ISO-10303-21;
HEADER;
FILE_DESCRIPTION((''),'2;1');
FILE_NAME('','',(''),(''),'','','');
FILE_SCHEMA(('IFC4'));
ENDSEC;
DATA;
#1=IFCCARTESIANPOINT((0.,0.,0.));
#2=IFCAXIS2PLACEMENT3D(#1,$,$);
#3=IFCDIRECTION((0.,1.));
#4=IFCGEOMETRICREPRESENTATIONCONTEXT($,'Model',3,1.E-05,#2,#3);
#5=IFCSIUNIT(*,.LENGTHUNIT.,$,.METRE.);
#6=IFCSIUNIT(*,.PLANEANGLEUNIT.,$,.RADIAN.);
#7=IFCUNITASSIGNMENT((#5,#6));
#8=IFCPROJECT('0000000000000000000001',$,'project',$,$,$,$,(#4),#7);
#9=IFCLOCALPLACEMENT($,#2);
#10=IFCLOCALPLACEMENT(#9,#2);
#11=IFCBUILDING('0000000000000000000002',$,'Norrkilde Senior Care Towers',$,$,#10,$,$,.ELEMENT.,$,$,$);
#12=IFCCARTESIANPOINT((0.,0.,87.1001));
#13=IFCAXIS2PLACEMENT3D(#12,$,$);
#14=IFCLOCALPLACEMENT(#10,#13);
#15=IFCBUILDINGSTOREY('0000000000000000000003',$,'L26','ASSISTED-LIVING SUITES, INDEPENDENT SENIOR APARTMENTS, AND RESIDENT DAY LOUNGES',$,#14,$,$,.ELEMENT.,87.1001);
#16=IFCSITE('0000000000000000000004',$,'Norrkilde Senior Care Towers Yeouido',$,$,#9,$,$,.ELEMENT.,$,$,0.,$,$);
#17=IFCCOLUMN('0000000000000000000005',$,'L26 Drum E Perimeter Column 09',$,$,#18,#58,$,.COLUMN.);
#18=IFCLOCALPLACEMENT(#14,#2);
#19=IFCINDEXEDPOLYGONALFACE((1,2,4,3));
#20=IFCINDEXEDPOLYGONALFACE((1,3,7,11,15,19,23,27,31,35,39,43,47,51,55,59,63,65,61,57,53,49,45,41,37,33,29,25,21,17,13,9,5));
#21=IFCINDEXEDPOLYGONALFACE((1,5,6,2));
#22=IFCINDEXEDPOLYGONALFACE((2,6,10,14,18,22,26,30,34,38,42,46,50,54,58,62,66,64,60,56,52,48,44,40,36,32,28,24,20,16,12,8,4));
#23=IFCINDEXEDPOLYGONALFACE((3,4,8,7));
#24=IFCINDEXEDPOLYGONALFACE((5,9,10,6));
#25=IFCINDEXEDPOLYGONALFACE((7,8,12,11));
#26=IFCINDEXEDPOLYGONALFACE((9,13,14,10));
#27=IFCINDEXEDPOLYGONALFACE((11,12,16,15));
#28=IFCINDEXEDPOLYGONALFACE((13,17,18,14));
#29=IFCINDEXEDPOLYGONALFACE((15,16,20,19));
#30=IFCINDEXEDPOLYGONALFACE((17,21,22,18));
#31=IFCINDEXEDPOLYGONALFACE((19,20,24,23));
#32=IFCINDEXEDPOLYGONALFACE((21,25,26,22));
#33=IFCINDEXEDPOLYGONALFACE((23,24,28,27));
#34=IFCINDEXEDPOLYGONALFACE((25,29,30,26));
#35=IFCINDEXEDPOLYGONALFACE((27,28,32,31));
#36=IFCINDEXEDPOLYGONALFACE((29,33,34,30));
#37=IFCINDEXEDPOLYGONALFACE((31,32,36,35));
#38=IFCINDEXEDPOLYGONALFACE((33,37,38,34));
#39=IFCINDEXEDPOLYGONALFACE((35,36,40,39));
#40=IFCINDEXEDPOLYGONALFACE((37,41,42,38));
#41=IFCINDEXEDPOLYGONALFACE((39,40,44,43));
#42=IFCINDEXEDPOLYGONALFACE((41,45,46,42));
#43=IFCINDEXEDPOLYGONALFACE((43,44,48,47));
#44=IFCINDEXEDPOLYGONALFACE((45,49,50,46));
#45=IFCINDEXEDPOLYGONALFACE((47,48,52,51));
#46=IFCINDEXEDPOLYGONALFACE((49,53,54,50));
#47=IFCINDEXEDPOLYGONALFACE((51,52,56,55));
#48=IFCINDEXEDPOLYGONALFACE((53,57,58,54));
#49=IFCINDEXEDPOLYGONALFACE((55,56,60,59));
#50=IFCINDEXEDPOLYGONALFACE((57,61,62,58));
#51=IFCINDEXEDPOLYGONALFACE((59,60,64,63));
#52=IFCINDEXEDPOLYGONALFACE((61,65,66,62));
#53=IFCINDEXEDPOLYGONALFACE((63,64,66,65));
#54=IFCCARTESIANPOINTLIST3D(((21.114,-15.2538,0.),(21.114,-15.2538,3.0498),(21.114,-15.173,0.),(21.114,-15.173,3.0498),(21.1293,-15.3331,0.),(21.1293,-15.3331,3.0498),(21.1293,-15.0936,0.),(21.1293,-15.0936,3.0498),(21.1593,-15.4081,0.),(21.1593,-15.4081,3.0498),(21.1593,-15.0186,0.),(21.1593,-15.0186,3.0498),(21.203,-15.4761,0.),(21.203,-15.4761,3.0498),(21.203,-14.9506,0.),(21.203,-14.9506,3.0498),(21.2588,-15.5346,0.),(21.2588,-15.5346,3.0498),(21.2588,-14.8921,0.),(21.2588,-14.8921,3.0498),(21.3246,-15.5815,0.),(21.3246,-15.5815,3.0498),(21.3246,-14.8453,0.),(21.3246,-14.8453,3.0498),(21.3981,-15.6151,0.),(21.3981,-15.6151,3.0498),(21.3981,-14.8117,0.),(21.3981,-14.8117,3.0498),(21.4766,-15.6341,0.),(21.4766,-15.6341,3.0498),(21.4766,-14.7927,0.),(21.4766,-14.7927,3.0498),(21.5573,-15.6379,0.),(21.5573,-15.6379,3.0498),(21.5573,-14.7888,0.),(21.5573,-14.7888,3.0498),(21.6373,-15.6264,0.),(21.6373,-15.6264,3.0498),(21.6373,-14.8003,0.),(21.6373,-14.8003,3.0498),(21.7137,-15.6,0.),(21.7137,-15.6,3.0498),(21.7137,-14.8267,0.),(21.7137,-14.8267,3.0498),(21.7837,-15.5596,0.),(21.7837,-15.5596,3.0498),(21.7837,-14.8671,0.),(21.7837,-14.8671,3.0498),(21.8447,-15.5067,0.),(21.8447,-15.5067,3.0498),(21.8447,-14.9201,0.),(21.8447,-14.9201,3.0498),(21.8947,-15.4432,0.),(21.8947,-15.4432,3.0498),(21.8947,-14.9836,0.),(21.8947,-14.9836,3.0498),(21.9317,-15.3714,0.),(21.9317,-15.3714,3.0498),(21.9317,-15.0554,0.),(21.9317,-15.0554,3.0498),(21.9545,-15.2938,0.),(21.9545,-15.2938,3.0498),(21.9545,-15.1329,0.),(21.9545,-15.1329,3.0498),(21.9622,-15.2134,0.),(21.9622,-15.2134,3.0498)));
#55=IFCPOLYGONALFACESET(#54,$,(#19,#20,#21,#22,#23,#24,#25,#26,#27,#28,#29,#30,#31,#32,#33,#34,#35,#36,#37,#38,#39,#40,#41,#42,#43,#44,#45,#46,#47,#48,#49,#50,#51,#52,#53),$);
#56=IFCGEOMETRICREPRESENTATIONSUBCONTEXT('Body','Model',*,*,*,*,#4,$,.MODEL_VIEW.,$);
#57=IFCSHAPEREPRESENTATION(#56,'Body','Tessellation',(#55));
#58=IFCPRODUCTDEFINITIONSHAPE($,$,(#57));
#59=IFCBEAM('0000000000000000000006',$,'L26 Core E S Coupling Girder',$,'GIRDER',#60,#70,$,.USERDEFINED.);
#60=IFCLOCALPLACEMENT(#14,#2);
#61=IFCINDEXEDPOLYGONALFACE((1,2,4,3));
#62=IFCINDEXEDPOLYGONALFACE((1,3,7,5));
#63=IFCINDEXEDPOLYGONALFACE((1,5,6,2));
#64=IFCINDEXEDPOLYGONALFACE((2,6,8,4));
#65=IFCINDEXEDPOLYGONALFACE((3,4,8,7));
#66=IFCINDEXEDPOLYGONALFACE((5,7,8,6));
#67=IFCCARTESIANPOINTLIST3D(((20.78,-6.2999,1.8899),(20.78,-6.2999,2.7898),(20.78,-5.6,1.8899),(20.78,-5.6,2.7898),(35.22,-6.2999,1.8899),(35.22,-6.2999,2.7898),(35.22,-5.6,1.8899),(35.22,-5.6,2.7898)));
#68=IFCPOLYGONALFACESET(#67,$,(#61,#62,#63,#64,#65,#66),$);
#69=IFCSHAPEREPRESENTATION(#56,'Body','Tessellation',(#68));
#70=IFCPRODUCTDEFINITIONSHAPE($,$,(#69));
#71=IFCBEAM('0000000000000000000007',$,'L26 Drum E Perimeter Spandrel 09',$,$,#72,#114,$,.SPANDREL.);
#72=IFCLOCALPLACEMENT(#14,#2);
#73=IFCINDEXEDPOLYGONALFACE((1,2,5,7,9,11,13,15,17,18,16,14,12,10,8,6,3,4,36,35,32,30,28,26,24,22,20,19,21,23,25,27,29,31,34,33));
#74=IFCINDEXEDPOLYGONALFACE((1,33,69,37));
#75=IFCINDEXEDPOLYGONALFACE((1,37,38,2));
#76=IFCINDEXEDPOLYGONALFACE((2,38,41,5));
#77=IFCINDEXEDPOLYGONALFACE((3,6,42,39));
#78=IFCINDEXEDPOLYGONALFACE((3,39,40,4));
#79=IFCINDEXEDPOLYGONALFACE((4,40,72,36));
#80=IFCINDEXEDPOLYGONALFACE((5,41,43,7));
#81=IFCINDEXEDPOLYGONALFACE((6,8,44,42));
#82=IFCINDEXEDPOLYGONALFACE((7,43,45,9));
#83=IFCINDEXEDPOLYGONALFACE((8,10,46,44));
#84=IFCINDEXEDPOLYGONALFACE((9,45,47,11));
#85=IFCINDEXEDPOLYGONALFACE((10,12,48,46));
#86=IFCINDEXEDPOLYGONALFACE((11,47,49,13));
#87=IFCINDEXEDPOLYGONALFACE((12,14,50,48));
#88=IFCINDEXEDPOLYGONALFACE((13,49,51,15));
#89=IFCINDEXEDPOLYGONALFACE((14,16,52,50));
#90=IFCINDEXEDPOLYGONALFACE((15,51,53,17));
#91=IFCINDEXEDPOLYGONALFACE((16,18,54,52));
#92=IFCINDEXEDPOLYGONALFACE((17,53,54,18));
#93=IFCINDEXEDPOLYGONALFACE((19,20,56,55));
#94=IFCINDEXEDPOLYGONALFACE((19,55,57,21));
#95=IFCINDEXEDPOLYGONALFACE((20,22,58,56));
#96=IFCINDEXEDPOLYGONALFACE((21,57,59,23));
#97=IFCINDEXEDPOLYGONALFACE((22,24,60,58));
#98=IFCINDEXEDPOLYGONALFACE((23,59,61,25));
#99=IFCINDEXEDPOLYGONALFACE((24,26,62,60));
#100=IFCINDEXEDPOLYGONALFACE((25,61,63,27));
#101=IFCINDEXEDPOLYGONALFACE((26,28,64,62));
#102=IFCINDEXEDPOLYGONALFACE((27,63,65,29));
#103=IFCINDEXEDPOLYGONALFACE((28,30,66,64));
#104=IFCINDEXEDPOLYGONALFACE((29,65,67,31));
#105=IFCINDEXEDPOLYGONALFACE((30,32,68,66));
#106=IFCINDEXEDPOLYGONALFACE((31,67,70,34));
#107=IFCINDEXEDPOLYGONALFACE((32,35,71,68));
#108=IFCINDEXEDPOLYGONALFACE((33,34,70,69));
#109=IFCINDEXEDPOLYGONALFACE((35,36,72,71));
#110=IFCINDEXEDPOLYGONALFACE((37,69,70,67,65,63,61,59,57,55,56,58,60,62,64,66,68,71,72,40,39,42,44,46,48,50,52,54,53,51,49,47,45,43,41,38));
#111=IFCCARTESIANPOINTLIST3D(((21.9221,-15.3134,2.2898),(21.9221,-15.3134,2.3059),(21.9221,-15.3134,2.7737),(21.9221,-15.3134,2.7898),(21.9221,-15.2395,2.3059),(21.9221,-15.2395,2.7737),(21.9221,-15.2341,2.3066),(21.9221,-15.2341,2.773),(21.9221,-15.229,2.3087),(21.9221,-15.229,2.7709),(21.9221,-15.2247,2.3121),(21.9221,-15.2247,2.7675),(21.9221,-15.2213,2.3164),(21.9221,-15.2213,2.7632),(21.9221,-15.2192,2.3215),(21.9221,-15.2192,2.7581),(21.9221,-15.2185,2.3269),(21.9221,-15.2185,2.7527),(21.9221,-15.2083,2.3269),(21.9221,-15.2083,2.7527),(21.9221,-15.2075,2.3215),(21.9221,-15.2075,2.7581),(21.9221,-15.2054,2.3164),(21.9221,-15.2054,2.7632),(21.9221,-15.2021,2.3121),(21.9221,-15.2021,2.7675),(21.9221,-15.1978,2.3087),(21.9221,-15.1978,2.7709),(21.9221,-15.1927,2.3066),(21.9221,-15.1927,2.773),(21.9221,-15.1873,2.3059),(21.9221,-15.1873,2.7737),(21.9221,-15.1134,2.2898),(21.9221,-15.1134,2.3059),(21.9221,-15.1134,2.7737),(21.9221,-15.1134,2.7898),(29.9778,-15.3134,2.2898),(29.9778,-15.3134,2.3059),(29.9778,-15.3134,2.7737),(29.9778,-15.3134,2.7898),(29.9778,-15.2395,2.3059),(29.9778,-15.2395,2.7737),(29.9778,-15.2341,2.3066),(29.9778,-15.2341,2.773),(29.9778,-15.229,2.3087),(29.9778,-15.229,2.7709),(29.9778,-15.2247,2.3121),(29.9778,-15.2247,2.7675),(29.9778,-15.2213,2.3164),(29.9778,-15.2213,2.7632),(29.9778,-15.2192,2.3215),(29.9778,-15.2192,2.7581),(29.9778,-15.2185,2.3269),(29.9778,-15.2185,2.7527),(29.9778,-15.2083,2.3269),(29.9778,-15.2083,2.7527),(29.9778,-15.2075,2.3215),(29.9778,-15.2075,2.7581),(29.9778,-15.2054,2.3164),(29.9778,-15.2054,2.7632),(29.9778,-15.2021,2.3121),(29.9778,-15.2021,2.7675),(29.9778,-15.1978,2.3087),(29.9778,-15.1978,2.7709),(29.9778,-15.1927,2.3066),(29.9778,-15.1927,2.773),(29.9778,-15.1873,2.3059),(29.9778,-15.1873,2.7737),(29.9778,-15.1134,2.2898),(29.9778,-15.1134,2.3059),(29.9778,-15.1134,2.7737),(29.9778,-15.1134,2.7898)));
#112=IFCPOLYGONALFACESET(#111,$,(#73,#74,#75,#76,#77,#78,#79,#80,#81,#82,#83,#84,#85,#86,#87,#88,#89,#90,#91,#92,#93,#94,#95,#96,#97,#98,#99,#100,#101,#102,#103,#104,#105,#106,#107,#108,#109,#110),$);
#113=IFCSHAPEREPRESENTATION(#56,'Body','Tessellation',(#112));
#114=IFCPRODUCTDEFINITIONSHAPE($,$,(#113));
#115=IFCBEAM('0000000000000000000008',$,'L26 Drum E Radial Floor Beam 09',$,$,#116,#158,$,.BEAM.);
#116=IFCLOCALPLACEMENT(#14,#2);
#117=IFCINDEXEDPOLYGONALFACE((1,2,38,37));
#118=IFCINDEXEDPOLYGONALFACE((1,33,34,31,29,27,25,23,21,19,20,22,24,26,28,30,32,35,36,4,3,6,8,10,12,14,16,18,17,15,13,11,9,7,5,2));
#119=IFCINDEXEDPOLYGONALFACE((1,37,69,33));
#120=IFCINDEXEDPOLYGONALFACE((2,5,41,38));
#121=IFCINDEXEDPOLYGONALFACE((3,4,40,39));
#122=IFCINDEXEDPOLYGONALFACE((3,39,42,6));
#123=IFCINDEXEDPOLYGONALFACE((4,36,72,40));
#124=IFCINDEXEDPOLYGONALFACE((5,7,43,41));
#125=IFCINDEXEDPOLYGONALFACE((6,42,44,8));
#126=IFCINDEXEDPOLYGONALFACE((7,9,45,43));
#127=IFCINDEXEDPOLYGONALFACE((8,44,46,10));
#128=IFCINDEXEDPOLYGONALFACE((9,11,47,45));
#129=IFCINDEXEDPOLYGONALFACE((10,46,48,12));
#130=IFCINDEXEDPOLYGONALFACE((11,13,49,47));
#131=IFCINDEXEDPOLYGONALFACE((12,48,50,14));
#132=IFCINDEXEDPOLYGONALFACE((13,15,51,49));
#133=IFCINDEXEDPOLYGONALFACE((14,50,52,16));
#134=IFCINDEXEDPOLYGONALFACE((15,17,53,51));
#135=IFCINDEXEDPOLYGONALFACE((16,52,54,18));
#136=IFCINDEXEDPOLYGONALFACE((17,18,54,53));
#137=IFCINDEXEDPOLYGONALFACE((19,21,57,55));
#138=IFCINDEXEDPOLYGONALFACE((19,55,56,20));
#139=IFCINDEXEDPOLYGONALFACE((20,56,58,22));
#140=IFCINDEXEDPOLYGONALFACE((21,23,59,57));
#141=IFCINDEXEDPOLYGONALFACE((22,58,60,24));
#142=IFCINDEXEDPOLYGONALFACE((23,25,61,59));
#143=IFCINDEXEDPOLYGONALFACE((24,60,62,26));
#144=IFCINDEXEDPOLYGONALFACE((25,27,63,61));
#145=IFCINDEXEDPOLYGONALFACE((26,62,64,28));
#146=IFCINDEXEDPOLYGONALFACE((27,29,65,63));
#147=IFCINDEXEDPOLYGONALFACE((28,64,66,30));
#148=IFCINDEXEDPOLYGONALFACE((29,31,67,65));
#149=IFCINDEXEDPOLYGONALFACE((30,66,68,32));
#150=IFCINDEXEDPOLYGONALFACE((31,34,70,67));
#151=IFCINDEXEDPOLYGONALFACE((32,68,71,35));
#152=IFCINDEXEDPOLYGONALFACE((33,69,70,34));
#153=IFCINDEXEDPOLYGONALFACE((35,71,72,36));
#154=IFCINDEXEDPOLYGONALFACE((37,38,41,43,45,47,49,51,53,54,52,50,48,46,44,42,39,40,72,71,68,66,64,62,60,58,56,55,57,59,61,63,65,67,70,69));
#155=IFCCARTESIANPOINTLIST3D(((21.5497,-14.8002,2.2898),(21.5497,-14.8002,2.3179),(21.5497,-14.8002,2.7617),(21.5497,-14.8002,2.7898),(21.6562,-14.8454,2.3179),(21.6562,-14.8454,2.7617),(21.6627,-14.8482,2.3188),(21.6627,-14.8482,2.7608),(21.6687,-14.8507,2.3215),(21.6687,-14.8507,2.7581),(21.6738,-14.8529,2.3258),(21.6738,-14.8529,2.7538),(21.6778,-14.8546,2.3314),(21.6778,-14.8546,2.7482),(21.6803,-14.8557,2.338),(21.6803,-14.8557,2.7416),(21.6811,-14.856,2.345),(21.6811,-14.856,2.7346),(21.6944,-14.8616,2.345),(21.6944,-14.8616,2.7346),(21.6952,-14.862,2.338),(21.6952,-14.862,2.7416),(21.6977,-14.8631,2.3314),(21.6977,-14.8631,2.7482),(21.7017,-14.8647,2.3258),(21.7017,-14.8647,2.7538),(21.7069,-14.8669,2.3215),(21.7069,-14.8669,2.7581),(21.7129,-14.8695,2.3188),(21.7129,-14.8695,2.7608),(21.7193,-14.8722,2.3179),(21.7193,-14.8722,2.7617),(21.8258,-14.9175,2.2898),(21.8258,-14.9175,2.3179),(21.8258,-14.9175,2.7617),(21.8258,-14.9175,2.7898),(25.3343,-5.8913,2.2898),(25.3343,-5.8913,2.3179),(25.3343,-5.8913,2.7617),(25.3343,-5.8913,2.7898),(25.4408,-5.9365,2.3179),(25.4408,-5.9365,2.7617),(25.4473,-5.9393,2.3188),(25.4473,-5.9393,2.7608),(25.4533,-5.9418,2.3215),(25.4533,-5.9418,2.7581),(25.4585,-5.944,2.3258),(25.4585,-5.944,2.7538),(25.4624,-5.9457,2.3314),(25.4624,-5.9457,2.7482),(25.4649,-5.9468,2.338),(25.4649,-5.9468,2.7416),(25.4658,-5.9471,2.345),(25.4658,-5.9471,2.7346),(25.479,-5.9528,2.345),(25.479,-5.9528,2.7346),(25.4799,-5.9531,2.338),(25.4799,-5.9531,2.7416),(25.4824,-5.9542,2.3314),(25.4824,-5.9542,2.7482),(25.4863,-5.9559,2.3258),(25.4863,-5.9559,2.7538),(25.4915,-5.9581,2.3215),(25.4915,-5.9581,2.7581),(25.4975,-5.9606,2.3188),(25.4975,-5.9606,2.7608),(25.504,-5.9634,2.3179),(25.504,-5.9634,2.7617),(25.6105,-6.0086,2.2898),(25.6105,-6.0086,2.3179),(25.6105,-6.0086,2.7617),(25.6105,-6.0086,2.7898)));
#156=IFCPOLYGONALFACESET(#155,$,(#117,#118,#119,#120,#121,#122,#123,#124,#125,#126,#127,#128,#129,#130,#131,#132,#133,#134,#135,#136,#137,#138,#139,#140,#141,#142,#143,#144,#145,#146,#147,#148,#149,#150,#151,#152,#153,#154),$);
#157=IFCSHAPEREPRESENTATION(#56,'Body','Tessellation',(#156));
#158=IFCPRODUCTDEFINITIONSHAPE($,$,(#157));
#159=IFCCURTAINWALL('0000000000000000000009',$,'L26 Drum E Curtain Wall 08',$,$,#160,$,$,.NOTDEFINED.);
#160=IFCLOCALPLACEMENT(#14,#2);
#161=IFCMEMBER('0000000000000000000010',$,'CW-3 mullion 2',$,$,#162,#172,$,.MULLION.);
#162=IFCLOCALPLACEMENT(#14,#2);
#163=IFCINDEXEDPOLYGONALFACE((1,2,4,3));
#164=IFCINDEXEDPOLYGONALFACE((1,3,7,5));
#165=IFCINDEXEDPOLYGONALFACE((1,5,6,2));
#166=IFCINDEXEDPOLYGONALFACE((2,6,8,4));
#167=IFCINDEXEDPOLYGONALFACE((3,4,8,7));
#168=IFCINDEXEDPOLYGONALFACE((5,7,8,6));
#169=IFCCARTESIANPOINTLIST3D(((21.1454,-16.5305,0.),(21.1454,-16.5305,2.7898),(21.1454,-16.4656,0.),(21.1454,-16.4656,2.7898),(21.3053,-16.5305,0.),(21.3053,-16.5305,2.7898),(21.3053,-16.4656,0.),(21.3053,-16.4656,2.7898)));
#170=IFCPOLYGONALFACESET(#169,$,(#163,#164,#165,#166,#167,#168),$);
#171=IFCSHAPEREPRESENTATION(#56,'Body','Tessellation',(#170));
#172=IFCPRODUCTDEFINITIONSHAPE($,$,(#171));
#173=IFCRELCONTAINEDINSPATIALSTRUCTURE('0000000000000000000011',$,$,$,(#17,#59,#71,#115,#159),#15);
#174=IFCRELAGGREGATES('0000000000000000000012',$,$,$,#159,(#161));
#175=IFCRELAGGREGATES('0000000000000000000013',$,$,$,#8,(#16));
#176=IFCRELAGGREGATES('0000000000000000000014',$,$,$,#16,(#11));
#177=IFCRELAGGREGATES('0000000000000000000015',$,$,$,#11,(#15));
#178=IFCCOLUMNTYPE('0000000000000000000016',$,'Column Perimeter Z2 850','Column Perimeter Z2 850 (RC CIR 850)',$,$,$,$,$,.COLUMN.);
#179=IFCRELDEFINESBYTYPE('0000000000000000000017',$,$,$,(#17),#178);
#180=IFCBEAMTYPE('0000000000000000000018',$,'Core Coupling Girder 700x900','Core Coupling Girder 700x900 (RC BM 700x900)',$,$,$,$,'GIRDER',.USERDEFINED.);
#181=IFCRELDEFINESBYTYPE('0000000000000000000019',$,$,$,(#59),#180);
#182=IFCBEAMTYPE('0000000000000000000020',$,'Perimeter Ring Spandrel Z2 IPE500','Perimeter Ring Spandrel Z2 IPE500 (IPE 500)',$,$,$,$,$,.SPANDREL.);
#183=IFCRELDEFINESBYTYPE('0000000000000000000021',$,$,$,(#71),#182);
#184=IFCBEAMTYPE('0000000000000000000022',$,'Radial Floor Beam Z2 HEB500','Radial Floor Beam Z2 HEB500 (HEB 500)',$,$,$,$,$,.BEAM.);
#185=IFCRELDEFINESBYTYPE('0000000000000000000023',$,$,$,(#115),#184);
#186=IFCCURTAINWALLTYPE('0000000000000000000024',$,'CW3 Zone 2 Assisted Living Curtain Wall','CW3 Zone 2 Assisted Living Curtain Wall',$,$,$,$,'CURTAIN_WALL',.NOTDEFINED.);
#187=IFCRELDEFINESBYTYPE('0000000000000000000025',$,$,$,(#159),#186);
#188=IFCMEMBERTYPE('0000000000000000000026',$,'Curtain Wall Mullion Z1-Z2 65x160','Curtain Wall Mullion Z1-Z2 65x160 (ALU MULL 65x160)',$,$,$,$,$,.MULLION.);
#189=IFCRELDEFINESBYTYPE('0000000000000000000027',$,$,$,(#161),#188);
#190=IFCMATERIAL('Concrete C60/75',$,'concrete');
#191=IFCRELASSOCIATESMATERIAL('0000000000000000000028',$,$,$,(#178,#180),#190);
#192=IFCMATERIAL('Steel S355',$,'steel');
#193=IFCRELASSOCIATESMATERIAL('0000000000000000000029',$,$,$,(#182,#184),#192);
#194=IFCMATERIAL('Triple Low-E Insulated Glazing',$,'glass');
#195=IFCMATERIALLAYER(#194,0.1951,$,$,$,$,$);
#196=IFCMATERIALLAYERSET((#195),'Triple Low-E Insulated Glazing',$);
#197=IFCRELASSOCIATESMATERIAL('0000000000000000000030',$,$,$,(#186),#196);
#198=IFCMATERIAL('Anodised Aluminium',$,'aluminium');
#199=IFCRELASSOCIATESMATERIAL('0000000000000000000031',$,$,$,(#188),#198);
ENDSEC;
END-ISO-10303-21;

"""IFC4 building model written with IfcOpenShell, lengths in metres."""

from ifc_helpers import new_model, si_unit, direction, frame, origin, origin_2d, place, context, subcontext, project, spatial, rectangle, circle, i_section, extrude, source, transform, mapped, material, layer, layer_set, material_profile, profile_set, type_object, type_shapes, element, aggregate, save


model = new_model("IFC4")

# Units and contexts
model_context = context("Model", 3, precision=1e-05, world=origin(), true_north=direction((0.0, 1.0)))
body_context = subcontext(model_context, "Body", "Model", "MODEL_VIEW")
ifc_project = project(units=[si_unit("LENGTHUNIT", "METRE"), si_unit("PLANEANGLEUNIT", "RADIAN")], contexts=[model_context])

# Site, building, storey
site_placement = place(None, origin())
site = spatial("IfcSite", under=ifc_project, at=site_placement, Name="Norrkilde Senior Care Towers Yeouido", CompositionType="ELEMENT", RefElevation=0.0)
building_placement = place(site_placement, origin())
building = spatial("IfcBuilding", under=site, at=building_placement, Name="Norrkilde Senior Care Towers", CompositionType="ELEMENT")
storey_placement = place(building_placement, frame((0.0, 0.0, 87.1001)))
storey = spatial("IfcBuildingStorey", under=building, at=storey_placement, Name="L26", Description="ASSISTED-LIVING SUITES, INDEPENDENT SENIOR APARTMENTS, AND RESIDENT DAY LOUNGES", CompositionType="ELEMENT", Elevation=87.1001)

# Column
ifc_material_1 = material(Name="Concrete C60/75", Category="concrete")
ifc_material_profile_1 = material_profile(ifc_material_1, circle(Radius=0.425, at=origin_2d()), Name="RC CIR 850")
ifc_profile_set_1 = profile_set([ifc_material_profile_1], Name="Concrete C60/75")
column_type = type_object("IfcColumnType", Name="Column Perimeter Z2 850", Description="Column Perimeter Z2 850 (RC CIR 850)", PredefinedType="COLUMN", material=ifc_profile_set_1)
shared_shape_1 = source(origin(), body_context, "Body", "SweptSolid", [
    extrude(circle(Radius=0.425, at=origin_2d()), origin(), (0.0, 0.0, 1.0), 3.0498),
])
type_shapes(column_type, [shared_shape_1])
column_placement = place(storey_placement, frame((21.5371, -15.2134, 0.0), z_axis=(0.0, 0.0, 1.0), x_axis=(1.0, 0.0, 0.0)))
element("IfcColumn", 1, at=column_placement, inside=storey, type_object=column_type, Name="L26 Drum E Perimeter Column 09", PredefinedType="COLUMN", context=body_context, shape_type="MappedRepresentation", body=[
    mapped(shared_shape_1, transform((0.0, 0.0, 0.0), x_axis=(1.0, 0.0, 0.0), y_axis=(0.0, 1.0, 0.0), z_axis=(0.0, 0.0, 1.0), scale=1.0)),
])

# Beams
ifc_material_profile_2 = material_profile(ifc_material_1, rectangle(XDim=0.7, YDim=0.8999, at=origin_2d()), Name="RC BM 700x900")
ifc_profile_set_2 = profile_set([ifc_material_profile_2], Name="Concrete C60/75")
beam_type_1 = type_object("IfcBeamType", Name="Core Coupling Girder 700x900", Description="Core Coupling Girder 700x900 (RC BM 700x900)", ElementType="GIRDER", PredefinedType="USERDEFINED", material=ifc_profile_set_2)
shared_shape_2 = source(origin(), body_context, "Body", "SweptSolid", [
    extrude(rectangle(XDim=0.7, YDim=0.8999, at=origin_2d()), origin(), (0.0, 0.0, 1.0), 14.4399),
])
type_shapes(beam_type_1, [shared_shape_2])
beam_1_placement = place(storey_placement, frame((20.78, -5.95, 2.3398), z_axis=(1.0, 0.0, 0.0), x_axis=(0.0, 1.0, 0.0)))
element("IfcBeam", 2, at=beam_1_placement, inside=storey, type_object=beam_type_1, Name="L26 Core E S Coupling Girder", ObjectType="GIRDER", PredefinedType="USERDEFINED", context=body_context, shape_type="MappedRepresentation", body=[
    mapped(shared_shape_2, transform((0.0, 0.0, 0.0), x_axis=(1.0, 0.0, 0.0), y_axis=(0.0, 1.0, 0.0), z_axis=(0.0, 0.0, 1.0), scale=1.0)),
])
ifc_material_2 = material(Name="Steel S355", Category="steel")
ifc_material_profile_3 = material_profile(ifc_material_2, i_section(OverallWidth=0.2, OverallDepth=0.5, WebThickness=0.0103, FlangeThickness=0.0161, FilletRadius=0.021, at=origin_2d()), Name="IPE 500")
ifc_profile_set_3 = profile_set([ifc_material_profile_3], Name="Steel S355")
beam_type_2 = type_object("IfcBeamType", Name="Perimeter Ring Spandrel Z2 IPE500", Description="Perimeter Ring Spandrel Z2 IPE500 (IPE 500)", PredefinedType="SPANDREL", material=ifc_profile_set_3)
shared_shape_3 = source(origin(), body_context, "Body", "SweptSolid", [
    extrude(i_section(OverallWidth=0.2, OverallDepth=0.5, WebThickness=0.0103, FlangeThickness=0.0161, FilletRadius=0.021, at=origin_2d()), origin(), (0.0, 0.0, 1.0), 8.0557),
])
type_shapes(beam_type_2, [shared_shape_3])
beam_2_placement = place(storey_placement, frame((21.9221, -15.2134, 2.5398), z_axis=(1.0, 0.0, 0.0), x_axis=(0.0, 1.0, 0.0)))
element("IfcBeam", 3, at=beam_2_placement, inside=storey, type_object=beam_type_2, Name="L26 Drum E Perimeter Spandrel 09", PredefinedType="SPANDREL", context=body_context, shape_type="MappedRepresentation", body=[
    mapped(shared_shape_3, transform((0.0, 0.0, 0.0), x_axis=(1.0, 0.0, 0.0), y_axis=(0.0, 1.0, 0.0), z_axis=(0.0, 0.0, 1.0), scale=1.0)),
])
ifc_material_profile_4 = material_profile(ifc_material_2, i_section(OverallWidth=0.3, OverallDepth=0.5, WebThickness=0.0144, FlangeThickness=0.0281, FilletRadius=0.0271, at=origin_2d()), Name="HEB 500")
ifc_profile_set_4 = profile_set([ifc_material_profile_4], Name="Steel S355")
beam_type_3 = type_object("IfcBeamType", Name="Radial Floor Beam Z2 HEB500", Description="Radial Floor Beam Z2 HEB500 (HEB 500)", PredefinedType="BEAM", material=ifc_profile_set_4)
shared_shape_4 = source(origin(), body_context, "Body", "SweptSolid", [
    extrude(i_section(OverallWidth=0.3, OverallDepth=0.5, WebThickness=0.0144, FlangeThickness=0.0281, FilletRadius=0.0271, at=origin_2d()), origin(), (0.0, 0.0, 1.0), 9.6794),
])
type_shapes(beam_type_3, [shared_shape_4])
beam_3_placement = place(storey_placement, frame((25.4724, -5.95, 2.5398), z_axis=(-0.390998, -0.920392, 0.0), x_axis=(0.920392, -0.390998, 0.0)))
element("IfcBeam", 4, at=beam_3_placement, inside=storey, type_object=beam_type_3, Name="L26 Drum E Radial Floor Beam 09", PredefinedType="BEAM", context=body_context, shape_type="MappedRepresentation", body=[
    mapped(shared_shape_4, transform((0.0, 0.0, 0.0), x_axis=(1.0, 0.0, 0.0), y_axis=(0.0, 1.0, 0.0), z_axis=(0.0, 0.0, 1.0), scale=1.0)),
])

# Curtain wall, member
ifc_material_3 = material(Name="Triple Low-E Insulated Glazing", Category="glass")
ifc_layer_1 = layer(ifc_material_3, 0.1951)
ifc_layer_set_1 = layer_set([ifc_layer_1], Name="Triple Low-E Insulated Glazing")
curtain_wall_type = type_object("IfcCurtainWallType", Name="CW3 Zone 2 Assisted Living Curtain Wall", Description="CW3 Zone 2 Assisted Living Curtain Wall", ElementType="CURTAIN_WALL", PredefinedType="NOTDEFINED", material=ifc_layer_set_1)
curtain_wall_placement = place(storey_placement, origin())
curtain_wall = element("IfcCurtainWall", 5, at=curtain_wall_placement, inside=storey, type_object=curtain_wall_type, Name="L26 Drum E Curtain Wall 08", PredefinedType="NOTDEFINED")
ifc_material_4 = material(Name="Anodised Aluminium", Category="aluminium")
ifc_material_profile_5 = material_profile(ifc_material_4, rectangle(XDim=0.0649, YDim=0.1599, at=origin_2d()), Name="ALU MULL 65x160")
ifc_profile_set_5 = profile_set([ifc_material_profile_5], Name="Anodised Aluminium")
member_type = type_object("IfcMemberType", Name="Curtain Wall Mullion Z1-Z2 65x160", Description="Curtain Wall Mullion Z1-Z2 65x160 (ALU MULL 65x160)", PredefinedType="MULLION", material=ifc_profile_set_5)
shared_shape_5 = source(origin(), body_context, "Body", "SweptSolid", [
    extrude(rectangle(XDim=0.0649, YDim=0.1599, at=origin_2d()), origin(), (0.0, 0.0, 1.0), 2.7898),
])
type_shapes(member_type, [shared_shape_5])
member_placement = place(storey_placement, frame((21.2253, -16.498, 0.0), z_axis=(0.0, 0.0, 1.0), x_axis=(0.0, -1.0, 0.0)))
member = element("IfcMember", 6, at=member_placement, type_object=member_type, Name="CW-3 mullion 2", PredefinedType="MULLION", context=body_context, shape_type="MappedRepresentation", body=[
    mapped(shared_shape_5, transform((0.0, 0.0, 0.0), x_axis=(1.0, 0.0, 0.0), y_axis=(0.0, 1.0, 0.0), z_axis=(0.0, 0.0, 1.0), scale=1.0)),
])
aggregate(curtain_wall, [member])

save(model, "model.ifc")
